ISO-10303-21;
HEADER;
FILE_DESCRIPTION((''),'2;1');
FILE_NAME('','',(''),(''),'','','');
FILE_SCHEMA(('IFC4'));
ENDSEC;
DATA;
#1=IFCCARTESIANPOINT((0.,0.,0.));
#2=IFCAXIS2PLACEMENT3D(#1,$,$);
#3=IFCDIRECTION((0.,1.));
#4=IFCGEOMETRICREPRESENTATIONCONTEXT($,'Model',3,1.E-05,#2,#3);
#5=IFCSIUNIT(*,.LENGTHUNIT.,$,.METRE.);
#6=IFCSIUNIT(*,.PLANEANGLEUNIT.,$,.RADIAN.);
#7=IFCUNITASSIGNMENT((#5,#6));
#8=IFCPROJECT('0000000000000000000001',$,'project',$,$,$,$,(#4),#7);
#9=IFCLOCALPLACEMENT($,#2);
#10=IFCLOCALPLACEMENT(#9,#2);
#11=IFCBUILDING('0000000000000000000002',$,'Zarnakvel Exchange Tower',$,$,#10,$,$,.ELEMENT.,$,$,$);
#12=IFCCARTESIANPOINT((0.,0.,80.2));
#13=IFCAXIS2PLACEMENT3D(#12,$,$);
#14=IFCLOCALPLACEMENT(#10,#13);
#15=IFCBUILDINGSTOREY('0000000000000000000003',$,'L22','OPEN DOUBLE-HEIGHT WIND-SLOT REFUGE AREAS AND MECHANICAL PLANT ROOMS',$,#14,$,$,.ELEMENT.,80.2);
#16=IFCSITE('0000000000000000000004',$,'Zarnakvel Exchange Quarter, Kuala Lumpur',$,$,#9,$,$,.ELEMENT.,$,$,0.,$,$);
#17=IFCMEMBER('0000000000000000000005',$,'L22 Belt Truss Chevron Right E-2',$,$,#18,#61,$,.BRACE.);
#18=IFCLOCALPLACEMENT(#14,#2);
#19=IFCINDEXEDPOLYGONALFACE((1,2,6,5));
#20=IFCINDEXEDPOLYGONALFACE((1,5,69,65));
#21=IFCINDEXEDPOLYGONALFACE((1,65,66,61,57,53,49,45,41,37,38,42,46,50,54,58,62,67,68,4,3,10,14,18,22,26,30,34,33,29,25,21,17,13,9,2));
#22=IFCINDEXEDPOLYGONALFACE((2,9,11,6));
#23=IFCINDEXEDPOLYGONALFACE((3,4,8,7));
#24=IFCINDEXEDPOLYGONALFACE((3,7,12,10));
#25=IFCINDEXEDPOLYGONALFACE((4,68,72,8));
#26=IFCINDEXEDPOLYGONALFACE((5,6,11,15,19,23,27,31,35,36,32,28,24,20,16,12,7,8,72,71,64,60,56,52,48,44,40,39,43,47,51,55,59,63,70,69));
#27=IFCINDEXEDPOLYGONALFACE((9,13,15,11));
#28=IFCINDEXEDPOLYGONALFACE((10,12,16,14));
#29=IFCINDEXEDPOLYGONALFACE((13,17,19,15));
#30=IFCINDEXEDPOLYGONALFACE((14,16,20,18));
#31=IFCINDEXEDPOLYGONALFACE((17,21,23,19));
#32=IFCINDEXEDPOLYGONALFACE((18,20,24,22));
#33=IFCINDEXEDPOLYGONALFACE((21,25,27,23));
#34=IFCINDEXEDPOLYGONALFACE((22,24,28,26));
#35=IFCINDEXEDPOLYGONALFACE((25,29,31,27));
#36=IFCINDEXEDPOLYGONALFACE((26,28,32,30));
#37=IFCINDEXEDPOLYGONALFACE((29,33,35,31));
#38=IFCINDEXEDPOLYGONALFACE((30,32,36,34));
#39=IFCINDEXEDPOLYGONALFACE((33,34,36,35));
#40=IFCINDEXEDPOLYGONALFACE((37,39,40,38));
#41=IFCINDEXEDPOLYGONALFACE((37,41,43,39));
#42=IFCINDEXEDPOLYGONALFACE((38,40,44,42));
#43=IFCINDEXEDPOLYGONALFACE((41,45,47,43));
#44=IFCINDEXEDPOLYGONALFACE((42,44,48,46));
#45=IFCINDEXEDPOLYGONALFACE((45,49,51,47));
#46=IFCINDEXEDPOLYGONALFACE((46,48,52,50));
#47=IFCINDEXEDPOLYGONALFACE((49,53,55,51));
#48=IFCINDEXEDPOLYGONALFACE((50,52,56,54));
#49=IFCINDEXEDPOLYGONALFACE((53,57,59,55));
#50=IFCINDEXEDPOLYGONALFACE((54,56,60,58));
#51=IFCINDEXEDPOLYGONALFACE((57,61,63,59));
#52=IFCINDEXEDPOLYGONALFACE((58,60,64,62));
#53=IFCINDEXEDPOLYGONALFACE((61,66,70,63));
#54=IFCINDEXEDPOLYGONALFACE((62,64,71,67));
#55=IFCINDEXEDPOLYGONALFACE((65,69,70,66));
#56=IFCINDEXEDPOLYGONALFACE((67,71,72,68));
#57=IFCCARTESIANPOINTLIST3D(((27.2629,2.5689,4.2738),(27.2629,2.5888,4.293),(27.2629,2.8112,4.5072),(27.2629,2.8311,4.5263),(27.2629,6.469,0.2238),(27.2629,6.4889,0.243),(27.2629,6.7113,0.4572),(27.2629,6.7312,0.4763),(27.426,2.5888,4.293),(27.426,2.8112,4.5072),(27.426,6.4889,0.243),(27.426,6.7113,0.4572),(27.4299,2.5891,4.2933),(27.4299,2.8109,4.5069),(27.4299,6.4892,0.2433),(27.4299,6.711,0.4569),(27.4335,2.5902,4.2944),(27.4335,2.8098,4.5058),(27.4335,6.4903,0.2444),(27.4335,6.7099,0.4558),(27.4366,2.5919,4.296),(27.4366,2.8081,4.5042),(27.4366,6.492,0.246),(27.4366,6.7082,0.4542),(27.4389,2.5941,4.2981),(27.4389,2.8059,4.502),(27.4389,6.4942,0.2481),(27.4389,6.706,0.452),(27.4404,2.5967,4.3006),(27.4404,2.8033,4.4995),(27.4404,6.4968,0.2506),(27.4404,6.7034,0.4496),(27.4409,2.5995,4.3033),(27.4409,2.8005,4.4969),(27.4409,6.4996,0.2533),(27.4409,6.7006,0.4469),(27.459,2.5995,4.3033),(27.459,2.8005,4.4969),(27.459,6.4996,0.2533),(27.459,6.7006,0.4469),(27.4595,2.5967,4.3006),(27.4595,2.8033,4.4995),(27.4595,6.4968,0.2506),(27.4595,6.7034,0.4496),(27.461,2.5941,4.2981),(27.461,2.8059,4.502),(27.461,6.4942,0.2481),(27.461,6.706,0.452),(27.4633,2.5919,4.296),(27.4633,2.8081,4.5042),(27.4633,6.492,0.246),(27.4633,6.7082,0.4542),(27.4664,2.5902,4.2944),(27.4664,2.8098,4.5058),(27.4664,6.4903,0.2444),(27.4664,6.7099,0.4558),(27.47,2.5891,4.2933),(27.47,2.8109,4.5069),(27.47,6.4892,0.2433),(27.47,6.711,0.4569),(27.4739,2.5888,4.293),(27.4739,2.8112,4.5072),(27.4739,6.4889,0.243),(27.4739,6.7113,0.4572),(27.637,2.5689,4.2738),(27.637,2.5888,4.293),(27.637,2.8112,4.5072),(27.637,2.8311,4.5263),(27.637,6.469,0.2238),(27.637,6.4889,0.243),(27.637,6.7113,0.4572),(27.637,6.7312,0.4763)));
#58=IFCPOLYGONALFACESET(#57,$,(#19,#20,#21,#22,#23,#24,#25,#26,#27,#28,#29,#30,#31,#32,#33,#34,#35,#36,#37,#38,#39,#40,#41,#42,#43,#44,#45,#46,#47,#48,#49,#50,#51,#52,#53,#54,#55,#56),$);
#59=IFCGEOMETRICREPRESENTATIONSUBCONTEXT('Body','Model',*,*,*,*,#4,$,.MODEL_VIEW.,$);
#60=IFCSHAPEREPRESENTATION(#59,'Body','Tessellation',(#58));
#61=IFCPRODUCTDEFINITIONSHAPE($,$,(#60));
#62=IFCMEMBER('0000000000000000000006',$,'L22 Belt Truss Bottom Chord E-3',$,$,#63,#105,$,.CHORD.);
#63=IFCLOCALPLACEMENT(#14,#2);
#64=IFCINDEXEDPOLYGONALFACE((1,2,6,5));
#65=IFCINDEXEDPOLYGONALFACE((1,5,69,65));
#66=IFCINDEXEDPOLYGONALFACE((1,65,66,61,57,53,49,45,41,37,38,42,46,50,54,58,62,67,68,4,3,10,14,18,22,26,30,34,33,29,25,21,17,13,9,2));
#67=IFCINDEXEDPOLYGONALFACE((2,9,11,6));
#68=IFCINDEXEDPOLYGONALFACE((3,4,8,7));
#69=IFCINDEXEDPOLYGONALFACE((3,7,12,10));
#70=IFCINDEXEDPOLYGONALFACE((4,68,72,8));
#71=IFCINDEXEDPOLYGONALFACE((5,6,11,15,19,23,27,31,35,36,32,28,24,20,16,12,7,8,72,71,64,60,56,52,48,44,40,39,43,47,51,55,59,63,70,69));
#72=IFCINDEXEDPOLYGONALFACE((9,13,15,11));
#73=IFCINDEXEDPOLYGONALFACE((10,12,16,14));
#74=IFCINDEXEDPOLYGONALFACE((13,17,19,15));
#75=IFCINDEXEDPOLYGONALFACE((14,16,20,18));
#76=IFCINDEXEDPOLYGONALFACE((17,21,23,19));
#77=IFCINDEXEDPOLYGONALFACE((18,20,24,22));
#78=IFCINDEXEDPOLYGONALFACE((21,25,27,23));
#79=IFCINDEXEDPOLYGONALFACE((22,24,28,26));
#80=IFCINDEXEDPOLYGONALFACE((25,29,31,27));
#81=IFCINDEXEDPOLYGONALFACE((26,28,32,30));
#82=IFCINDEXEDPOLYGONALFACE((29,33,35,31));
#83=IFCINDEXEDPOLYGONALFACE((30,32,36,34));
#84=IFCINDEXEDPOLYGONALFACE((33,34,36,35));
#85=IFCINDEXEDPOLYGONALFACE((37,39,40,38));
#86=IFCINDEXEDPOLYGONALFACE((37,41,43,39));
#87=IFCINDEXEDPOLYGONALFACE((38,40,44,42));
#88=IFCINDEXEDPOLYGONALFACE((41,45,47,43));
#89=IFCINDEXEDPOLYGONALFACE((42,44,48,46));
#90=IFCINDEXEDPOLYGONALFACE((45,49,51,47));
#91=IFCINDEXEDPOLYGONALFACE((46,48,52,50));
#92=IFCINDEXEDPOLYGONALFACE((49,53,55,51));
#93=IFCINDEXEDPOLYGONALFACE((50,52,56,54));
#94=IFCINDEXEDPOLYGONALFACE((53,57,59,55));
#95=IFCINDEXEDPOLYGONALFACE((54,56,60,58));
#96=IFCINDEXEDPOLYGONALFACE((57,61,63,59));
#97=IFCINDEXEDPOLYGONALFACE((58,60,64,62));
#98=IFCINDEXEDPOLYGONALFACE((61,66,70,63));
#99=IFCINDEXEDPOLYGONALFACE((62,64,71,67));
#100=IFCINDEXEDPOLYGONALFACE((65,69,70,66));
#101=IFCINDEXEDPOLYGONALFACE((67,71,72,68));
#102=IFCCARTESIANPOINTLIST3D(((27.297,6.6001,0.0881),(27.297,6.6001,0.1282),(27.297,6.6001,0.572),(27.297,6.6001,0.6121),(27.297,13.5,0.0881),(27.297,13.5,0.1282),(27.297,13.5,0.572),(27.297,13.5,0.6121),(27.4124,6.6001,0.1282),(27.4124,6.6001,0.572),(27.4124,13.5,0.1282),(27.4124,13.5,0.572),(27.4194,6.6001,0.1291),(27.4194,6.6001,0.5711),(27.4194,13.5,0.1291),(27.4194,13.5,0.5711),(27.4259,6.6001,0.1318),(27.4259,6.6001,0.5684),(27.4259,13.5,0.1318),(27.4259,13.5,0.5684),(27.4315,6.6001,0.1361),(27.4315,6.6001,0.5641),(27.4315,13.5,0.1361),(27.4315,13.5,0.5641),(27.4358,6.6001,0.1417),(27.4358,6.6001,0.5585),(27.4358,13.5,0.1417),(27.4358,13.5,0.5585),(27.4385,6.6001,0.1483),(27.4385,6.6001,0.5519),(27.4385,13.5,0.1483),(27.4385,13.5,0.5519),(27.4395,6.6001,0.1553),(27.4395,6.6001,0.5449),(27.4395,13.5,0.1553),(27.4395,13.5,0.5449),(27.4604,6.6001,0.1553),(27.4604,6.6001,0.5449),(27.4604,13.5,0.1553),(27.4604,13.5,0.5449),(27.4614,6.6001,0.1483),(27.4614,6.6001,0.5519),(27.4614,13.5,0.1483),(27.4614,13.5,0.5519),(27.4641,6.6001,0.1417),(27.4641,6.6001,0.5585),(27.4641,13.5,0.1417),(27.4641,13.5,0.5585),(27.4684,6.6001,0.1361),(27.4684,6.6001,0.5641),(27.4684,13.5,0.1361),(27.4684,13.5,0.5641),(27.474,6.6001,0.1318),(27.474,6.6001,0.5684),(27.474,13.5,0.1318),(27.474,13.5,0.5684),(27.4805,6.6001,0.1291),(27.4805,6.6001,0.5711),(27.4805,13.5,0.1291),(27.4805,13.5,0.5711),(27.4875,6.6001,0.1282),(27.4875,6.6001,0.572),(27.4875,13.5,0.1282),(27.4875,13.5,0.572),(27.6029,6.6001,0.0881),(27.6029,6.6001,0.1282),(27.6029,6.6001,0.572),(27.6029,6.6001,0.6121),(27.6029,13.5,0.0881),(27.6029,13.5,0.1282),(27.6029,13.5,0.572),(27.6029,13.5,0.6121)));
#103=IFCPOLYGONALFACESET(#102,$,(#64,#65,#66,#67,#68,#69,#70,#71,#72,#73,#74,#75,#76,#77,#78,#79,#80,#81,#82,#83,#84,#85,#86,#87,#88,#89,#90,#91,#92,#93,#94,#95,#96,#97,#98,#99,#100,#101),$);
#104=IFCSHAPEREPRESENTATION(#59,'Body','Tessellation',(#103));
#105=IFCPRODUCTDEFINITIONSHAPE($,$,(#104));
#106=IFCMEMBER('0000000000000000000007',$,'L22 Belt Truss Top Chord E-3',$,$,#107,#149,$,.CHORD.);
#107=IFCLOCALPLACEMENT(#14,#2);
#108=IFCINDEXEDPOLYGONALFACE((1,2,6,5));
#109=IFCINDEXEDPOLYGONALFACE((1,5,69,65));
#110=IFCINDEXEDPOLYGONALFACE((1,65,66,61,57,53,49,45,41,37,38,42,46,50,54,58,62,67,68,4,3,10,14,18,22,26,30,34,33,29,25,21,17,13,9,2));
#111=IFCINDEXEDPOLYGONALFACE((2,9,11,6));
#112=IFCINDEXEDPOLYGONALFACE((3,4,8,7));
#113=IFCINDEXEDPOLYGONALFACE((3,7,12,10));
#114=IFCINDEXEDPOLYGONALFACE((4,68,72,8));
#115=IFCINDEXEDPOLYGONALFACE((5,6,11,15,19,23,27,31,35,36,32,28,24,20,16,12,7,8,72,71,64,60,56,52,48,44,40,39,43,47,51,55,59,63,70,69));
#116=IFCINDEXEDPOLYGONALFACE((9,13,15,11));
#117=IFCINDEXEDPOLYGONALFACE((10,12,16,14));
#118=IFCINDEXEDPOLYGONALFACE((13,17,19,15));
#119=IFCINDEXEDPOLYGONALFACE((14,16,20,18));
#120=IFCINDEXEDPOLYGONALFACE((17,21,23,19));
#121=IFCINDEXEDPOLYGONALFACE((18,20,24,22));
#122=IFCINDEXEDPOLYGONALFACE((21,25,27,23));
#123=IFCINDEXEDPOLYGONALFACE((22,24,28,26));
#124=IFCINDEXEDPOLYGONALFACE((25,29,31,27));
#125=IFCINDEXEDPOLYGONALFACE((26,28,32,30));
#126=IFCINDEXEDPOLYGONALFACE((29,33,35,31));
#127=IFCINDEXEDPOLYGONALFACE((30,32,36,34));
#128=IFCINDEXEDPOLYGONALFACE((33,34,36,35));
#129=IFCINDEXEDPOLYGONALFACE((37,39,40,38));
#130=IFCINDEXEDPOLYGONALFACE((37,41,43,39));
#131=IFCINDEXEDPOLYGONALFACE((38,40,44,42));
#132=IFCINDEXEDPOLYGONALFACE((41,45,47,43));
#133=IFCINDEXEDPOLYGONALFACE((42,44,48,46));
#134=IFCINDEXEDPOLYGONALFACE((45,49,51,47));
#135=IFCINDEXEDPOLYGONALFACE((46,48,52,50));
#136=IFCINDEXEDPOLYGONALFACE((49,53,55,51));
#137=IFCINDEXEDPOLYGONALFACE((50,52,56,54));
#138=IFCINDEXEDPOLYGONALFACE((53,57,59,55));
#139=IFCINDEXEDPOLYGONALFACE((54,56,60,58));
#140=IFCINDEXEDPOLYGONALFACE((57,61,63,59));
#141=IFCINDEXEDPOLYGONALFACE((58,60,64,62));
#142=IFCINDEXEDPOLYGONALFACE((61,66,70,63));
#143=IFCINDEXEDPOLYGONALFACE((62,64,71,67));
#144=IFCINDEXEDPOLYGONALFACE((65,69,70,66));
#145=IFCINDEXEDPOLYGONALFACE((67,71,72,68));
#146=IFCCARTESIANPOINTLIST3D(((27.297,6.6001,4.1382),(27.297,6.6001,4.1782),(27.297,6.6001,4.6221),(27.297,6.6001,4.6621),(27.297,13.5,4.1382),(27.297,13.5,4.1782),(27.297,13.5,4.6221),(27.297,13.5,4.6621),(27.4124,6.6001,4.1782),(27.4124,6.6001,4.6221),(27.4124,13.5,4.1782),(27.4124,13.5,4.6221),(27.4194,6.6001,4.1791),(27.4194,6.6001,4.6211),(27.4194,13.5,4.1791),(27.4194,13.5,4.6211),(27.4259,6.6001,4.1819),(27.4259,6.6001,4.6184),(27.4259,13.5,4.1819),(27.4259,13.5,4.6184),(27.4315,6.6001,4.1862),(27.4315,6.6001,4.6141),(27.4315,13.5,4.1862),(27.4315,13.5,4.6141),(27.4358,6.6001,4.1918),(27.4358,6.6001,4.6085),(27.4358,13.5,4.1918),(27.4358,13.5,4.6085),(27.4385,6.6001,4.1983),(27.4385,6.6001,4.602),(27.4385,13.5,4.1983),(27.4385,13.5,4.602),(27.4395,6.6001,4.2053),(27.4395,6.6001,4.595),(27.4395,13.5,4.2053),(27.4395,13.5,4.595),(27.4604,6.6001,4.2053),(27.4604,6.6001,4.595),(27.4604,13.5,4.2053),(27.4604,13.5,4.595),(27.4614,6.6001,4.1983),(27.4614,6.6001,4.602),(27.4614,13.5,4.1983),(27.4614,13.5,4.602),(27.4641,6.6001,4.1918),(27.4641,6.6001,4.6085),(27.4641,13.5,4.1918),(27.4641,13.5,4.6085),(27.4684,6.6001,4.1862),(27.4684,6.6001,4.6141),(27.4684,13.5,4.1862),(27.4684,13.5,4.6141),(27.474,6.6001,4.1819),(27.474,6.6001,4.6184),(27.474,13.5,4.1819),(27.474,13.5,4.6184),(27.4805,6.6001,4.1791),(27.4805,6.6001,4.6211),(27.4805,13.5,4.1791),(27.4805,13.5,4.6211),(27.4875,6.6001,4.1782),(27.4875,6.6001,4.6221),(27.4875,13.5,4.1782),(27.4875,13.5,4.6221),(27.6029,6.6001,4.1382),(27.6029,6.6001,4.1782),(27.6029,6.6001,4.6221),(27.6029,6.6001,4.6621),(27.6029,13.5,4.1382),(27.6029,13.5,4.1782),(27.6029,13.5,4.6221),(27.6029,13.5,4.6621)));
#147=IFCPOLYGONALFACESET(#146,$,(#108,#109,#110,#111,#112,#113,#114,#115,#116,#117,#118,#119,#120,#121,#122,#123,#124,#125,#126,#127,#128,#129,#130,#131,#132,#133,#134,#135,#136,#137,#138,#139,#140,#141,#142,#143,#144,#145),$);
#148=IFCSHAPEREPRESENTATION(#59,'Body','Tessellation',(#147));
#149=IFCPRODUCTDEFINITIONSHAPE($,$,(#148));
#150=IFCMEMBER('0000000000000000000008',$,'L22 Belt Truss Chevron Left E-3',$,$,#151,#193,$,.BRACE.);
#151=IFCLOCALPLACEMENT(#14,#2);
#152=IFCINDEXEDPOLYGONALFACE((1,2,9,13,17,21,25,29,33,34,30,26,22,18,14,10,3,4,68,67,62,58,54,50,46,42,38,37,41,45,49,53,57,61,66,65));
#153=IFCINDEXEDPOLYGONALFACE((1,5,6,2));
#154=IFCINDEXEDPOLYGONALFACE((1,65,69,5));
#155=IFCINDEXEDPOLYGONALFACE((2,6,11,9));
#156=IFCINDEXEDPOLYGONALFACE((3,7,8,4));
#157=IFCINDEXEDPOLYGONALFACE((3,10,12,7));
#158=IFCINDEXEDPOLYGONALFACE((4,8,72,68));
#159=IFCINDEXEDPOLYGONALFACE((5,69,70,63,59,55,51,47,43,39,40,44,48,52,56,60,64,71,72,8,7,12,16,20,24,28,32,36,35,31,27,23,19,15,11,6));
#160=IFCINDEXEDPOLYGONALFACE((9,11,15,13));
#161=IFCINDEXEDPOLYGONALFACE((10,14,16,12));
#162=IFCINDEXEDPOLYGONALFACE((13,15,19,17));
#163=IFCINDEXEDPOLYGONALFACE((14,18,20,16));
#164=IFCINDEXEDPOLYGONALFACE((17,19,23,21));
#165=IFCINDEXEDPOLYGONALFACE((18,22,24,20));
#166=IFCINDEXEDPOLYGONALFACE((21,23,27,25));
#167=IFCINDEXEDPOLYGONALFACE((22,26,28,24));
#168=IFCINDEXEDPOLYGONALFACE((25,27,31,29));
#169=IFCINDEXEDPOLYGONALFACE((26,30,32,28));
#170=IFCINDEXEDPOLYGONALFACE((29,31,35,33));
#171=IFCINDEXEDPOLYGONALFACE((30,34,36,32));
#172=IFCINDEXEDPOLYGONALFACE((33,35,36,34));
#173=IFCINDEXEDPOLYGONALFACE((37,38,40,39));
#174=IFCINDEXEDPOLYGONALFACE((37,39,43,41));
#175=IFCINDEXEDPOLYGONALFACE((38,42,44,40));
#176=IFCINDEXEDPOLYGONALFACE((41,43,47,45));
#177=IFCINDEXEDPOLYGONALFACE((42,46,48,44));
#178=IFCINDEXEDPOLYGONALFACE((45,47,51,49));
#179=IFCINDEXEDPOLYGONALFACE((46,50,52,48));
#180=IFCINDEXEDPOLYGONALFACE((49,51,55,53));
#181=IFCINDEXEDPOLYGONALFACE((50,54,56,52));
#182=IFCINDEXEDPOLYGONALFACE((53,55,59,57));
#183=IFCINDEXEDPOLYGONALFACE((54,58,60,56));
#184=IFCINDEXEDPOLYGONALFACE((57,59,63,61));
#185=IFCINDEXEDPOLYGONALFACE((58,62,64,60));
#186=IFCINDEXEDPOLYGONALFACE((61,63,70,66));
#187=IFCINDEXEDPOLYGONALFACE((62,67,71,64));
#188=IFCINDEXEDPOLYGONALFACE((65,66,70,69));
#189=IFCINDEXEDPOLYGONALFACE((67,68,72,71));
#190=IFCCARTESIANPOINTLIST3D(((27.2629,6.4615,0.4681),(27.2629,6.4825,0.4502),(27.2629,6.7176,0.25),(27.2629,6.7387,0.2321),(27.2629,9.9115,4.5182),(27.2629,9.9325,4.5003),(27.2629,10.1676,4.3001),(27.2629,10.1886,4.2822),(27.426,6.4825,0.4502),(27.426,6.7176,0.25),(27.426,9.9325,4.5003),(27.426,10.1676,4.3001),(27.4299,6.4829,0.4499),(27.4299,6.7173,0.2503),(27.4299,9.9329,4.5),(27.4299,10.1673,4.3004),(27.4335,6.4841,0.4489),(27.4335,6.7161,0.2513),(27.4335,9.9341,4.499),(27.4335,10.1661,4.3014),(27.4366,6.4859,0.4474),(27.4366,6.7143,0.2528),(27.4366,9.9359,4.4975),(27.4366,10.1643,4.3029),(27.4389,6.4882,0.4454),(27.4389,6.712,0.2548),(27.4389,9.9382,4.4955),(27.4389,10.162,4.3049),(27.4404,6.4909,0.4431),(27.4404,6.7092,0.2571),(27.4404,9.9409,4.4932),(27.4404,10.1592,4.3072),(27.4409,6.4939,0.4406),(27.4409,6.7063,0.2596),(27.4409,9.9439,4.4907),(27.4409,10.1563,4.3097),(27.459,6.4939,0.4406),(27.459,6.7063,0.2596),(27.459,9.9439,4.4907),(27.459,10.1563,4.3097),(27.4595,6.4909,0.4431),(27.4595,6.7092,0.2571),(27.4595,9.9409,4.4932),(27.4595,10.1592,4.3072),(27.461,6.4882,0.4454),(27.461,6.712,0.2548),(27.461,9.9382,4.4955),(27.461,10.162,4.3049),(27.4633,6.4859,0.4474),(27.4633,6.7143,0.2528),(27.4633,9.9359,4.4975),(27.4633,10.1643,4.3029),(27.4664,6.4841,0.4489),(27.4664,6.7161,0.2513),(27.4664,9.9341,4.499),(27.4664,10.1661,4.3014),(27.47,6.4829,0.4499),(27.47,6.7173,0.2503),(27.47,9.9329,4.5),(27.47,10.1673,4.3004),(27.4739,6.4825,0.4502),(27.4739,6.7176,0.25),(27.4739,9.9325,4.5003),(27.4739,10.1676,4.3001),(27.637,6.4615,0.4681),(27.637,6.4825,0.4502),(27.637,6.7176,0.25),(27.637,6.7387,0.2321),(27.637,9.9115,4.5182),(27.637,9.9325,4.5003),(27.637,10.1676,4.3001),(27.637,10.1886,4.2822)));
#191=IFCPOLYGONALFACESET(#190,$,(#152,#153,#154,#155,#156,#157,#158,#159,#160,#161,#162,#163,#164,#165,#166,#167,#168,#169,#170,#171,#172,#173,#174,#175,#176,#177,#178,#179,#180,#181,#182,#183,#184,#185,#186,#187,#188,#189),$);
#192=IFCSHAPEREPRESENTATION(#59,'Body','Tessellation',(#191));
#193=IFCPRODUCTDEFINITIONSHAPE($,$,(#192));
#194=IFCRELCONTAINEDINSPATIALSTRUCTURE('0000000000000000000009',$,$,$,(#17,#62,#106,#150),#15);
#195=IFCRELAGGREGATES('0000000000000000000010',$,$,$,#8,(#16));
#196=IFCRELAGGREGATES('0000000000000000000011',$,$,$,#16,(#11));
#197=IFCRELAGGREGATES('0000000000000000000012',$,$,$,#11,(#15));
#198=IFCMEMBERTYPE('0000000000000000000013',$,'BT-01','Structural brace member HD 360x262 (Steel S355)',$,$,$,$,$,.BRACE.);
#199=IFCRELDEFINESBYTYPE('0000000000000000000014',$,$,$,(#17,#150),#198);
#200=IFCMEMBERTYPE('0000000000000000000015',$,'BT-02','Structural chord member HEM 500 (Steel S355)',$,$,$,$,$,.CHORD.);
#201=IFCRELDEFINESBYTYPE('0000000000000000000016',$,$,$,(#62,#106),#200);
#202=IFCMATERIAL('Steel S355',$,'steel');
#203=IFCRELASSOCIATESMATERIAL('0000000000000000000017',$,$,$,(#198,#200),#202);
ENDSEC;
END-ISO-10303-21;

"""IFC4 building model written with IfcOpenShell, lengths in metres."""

from ifc_helpers import new_model, si_unit, direction, frame, origin, origin_2d, place, context, subcontext, project, spatial, i_section, extrude, source, transform, mapped, material, material_profile, profile_set, type_object, element, save


model = new_model("IFC4")

# Units and contexts
model_context = context("Model", 3, precision=1e-05, world=origin(), true_north=direction((0.0, 1.0)))
body_context = subcontext(model_context, "Body", "Model", "MODEL_VIEW")
ifc_project = project(units=[si_unit("LENGTHUNIT", "METRE"), si_unit("PLANEANGLEUNIT", "RADIAN")], contexts=[model_context])

# Site, building, storey
site_placement = place(None, origin())
site = spatial("IfcSite", under=ifc_project, at=site_placement, Name="Zarnakvel Exchange Quarter, Kuala Lumpur", CompositionType="ELEMENT", RefElevation=0.0)
building_placement = place(site_placement, origin())
building = spatial("IfcBuilding", under=site, at=building_placement, Name="Zarnakvel Exchange Tower", CompositionType="ELEMENT")
storey_placement = place(building_placement, frame((0.0, 0.0, 80.2)))
storey = spatial("IfcBuildingStorey", under=building, at=storey_placement, Name="L22", Description="OPEN DOUBLE-HEIGHT WIND-SLOT REFUGE AREAS AND MECHANICAL PLANT ROOMS", CompositionType="ELEMENT", Elevation=80.2)

# Shared definitions
ifc_material_1 = material(Name="Steel S355", Category="steel")

# Members
ifc_material_profile_1 = material_profile(ifc_material_1, i_section(OverallWidth=0.374, OverallDepth=0.364, WebThickness=0.0181, FlangeThickness=0.0276, FilletRadius=0.0149, at=origin_2d()))
ifc_profile_set_1 = profile_set([ifc_material_profile_1], Name="Steel S355")
member_type_1 = type_object("IfcMemberType", Name="BT-01", Description="Structural brace member HD 360x262 (Steel S355)", PredefinedType="BRACE", material=ifc_profile_set_1)
shared_shape_1 = source(origin(), body_context, "Body", "SweptSolid", [
    extrude(i_section(OverallWidth=0.374, OverallDepth=0.364, WebThickness=0.0181, FlangeThickness=0.0276, FilletRadius=0.0149, at=origin_2d()), origin(), (0.0, 0.0, 1.0), 5.6226),
])
member_1_placement = place(storey_placement, frame((27.45, 6.6001, 0.3501), z_axis=(0.0, -0.693651, 0.720311), x_axis=(1.0, 0.0, 0.0)))
element("IfcMember", 1, at=member_1_placement, inside=storey, type_object=member_type_1, Name="L22 Belt Truss Chevron Right E-2", PredefinedType="BRACE", context=body_context, shape_type="MappedRepresentation", body=[
    mapped(shared_shape_1, transform((0.0, 0.0, 0.0), x_axis=(1.0, 0.0, 0.0), y_axis=(0.0, 1.0, 0.0), z_axis=(0.0, 0.0, 1.0), scale=1.0)),
])
ifc_material_profile_2 = material_profile(ifc_material_1, i_section(OverallWidth=0.3059, OverallDepth=0.5239, WebThickness=0.021, FlangeThickness=0.04, FilletRadius=0.0271, at=origin_2d()))
ifc_profile_set_2 = profile_set([ifc_material_profile_2], Name="Steel S355")
member_type_2 = type_object("IfcMemberType", Name="BT-02", Description="Structural chord member HEM 500 (Steel S355)", PredefinedType="CHORD", material=ifc_profile_set_2)
shared_shape_2 = source(origin(), body_context, "Body", "SweptSolid", [
    extrude(i_section(OverallWidth=0.3059, OverallDepth=0.5239, WebThickness=0.021, FlangeThickness=0.04, FilletRadius=0.0271, at=origin_2d()), origin(), (0.0, 0.0, 1.0), 6.8999),
])
for number, where, z_axis, x_axis, name in (
    (2, (27.45, 6.6001, 0.3501), (0.0, 1.0, 0.0), (-1.0, 0.0, 0.0), "L22 Belt Truss Bottom Chord E-3"),
    (3, (27.45, 6.6001, 4.4001), (0.0, 1.0, 0.0), (-1.0, 0.0, 0.0), "L22 Belt Truss Top Chord E-3"),
):
    element("IfcMember", number, at=place(storey_placement, frame(where, z_axis=z_axis, x_axis=x_axis)), inside=storey, type_object=member_type_2, Name=name, PredefinedType="CHORD", context=body_context, shape_type="MappedRepresentation", body=[
        mapped(shared_shape_2, transform((0.0, 0.0, 0.0), x_axis=(1.0, 0.0, 0.0), y_axis=(0.0, 1.0, 0.0), z_axis=(0.0, 0.0, 1.0), scale=1.0)),
    ])
shared_shape_3 = source(origin(), body_context, "Body", "SweptSolid", [
    extrude(i_section(OverallWidth=0.374, OverallDepth=0.364, WebThickness=0.0181, FlangeThickness=0.0276, FilletRadius=0.0149, at=origin_2d()), origin(), (0.0, 0.0, 1.0), 5.3203),
])
for number, where, z_axis, x_axis, name in (
    (4, (27.45, 6.6001, 0.3501), (0.0, 0.648457, 0.761252), (-1.0, 0.0, 0.0), "L22 Belt Truss Chevron Left E-3"),
):
    element("IfcMember", number, at=place(storey_placement, frame(where, z_axis=z_axis, x_axis=x_axis)), inside=storey, type_object=member_type_1, Name=name, PredefinedType="BRACE", context=body_context, shape_type="MappedRepresentation", body=[
        mapped(shared_shape_3, transform((0.0, 0.0, 0.0), x_axis=(1.0, 0.0, 0.0), y_axis=(0.0, 1.0, 0.0), z_axis=(0.0, 0.0, 1.0), scale=1.0)),
    ])

save(model, "model.ifc")
